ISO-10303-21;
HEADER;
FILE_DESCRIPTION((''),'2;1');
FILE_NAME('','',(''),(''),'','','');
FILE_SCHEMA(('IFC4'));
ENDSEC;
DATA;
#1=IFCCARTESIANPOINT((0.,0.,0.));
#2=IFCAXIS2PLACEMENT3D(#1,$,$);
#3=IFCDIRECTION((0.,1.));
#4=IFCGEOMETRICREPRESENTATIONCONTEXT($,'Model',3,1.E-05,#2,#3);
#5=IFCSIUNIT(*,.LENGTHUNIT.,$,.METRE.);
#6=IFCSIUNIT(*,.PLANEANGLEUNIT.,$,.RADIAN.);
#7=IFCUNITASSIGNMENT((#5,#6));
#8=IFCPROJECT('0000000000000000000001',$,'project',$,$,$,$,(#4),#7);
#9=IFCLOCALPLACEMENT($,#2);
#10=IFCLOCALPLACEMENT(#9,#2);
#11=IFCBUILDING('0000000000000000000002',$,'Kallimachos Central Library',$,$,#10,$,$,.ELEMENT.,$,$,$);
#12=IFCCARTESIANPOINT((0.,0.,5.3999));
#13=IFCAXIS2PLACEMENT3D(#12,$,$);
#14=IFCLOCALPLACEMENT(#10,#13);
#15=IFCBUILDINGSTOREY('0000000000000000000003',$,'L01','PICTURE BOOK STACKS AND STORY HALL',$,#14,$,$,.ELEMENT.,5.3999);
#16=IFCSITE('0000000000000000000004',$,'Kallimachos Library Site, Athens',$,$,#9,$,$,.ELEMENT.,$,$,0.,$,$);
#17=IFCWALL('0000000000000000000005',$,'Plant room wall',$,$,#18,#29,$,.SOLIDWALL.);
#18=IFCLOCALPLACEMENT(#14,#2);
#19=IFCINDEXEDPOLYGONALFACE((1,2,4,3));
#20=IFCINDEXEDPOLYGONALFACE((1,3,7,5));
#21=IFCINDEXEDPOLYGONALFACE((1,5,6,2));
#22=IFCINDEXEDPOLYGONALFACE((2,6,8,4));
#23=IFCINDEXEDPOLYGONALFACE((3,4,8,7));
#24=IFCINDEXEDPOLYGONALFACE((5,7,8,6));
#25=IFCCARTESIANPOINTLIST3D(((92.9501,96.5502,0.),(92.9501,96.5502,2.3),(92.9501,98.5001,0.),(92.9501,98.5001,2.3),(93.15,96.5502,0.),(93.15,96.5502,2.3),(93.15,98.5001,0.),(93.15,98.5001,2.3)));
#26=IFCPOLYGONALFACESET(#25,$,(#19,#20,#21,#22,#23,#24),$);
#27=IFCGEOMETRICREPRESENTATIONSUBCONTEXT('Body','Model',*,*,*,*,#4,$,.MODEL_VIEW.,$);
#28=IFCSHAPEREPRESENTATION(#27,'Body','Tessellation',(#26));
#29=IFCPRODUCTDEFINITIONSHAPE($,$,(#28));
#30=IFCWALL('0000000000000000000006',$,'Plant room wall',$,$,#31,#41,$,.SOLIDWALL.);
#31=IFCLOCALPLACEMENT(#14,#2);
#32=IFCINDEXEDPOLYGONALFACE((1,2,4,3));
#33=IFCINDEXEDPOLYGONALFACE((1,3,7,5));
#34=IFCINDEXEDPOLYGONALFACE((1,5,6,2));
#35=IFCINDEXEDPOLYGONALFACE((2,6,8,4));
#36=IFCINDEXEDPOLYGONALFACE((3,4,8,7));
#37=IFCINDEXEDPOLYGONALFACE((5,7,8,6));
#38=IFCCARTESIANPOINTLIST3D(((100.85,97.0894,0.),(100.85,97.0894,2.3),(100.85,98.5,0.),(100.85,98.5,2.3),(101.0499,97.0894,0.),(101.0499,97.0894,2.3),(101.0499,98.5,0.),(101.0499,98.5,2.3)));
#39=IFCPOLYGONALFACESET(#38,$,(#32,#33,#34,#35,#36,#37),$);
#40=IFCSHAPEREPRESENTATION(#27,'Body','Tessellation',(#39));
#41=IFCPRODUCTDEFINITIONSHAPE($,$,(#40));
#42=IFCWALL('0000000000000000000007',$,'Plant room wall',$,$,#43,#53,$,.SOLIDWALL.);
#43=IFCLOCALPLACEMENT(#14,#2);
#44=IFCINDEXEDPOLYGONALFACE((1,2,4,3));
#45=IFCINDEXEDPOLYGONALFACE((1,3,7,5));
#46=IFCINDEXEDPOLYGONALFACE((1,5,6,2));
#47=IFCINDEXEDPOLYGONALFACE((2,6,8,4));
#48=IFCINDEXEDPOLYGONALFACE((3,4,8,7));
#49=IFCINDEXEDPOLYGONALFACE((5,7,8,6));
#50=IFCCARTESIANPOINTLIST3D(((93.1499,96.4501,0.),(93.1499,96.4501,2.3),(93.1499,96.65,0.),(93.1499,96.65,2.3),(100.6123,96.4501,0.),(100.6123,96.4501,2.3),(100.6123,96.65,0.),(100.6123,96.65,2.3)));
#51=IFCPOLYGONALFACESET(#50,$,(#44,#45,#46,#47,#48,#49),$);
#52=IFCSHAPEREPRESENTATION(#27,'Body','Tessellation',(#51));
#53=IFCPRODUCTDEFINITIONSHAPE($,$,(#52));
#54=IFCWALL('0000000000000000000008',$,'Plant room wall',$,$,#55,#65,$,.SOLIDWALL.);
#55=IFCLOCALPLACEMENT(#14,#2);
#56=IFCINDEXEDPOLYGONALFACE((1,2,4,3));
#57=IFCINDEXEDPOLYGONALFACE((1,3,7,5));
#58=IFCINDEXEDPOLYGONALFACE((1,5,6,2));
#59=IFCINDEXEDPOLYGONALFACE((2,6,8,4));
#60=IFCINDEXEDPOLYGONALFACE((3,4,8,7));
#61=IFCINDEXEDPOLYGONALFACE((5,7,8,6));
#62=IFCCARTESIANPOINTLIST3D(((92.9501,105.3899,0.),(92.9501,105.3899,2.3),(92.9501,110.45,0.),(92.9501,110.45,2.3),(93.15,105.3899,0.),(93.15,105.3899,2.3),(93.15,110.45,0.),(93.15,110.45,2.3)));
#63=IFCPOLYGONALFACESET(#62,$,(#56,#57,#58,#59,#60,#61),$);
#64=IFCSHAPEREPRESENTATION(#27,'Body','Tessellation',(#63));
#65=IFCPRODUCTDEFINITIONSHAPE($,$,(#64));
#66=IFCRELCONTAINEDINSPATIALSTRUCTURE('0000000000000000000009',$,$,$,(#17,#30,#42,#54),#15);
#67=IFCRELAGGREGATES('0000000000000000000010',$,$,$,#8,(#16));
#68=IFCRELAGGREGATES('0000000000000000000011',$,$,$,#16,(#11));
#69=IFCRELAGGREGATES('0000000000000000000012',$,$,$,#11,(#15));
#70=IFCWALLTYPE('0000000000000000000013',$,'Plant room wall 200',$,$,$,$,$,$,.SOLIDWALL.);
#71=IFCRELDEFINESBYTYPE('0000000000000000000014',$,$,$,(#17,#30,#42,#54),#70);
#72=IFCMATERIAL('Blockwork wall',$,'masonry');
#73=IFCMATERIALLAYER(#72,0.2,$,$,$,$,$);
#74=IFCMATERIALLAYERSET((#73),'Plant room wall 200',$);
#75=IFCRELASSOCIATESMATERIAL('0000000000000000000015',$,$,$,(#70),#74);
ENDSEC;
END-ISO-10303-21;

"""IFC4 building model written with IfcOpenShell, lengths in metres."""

from ifc_helpers import new_model, si_unit, direction, frame, frame_2d, origin, place, context, subcontext, project, spatial, rectangle, extrude, material, layer, layer_set, type_object, element, save


model = new_model("IFC4")

# Units and contexts
model_context = context("Model", 3, precision=1e-05, world=origin(), true_north=direction((0.0, 1.0)))
body_context = subcontext(model_context, "Body", "Model", "MODEL_VIEW")
ifc_project = project(units=[si_unit("LENGTHUNIT", "METRE"), si_unit("PLANEANGLEUNIT", "RADIAN")], contexts=[model_context])

# Site, building, storey
site_placement = place(None, origin())
site = spatial("IfcSite", under=ifc_project, at=site_placement, Name="Kallimachos Library Site, Athens", CompositionType="ELEMENT", RefElevation=0.0)
building_placement = place(site_placement, origin())
building = spatial("IfcBuilding", under=site, at=building_placement, Name="Kallimachos Central Library", CompositionType="ELEMENT")
storey_placement = place(building_placement, frame((0.0, 0.0, 5.3999)))
storey = spatial("IfcBuildingStorey", under=building, at=storey_placement, Name="L01", Description="PICTURE BOOK STACKS AND STORY HALL", CompositionType="ELEMENT", Elevation=5.3999)

# Shared definitions
ifc_material_1 = material(Name="Blockwork wall", Category="masonry")
ifc_layer = layer(ifc_material_1, 0.2)
ifc_layer_set = layer_set([ifc_layer], Name="Plant room wall 200")
wall_type = type_object("IfcWallType", Name="Plant room wall 200", PredefinedType="SOLIDWALL", material=ifc_layer_set)

# Walls
wall_1_placement = place(storey_placement, frame((93.05, 96.55, 0.0), z_axis=(0.0, 0.0, 1.0), x_axis=(0.0, 1.0, 0.0)))
element("IfcWall", 1, at=wall_1_placement, inside=storey, type_object=wall_type, Name="Plant room wall", PredefinedType="SOLIDWALL", context=body_context, shape_type="SweptSolid", body=[
    extrude(rectangle(XDim=1.95, YDim=0.2, at=frame_2d((0.9751, 0.0))), origin(), (0.0, 0.0, 1.0), 2.3),
])
wall_2_placement = place(storey_placement, frame((100.95, 98.5, 0.0), z_axis=(0.0, 0.0, 1.0), x_axis=(0.0, -1.0, 0.0)))
element("IfcWall", 2, at=wall_2_placement, inside=storey, type_object=wall_type, Name="Plant room wall", PredefinedType="SOLIDWALL", context=body_context, shape_type="SweptSolid", body=[
    extrude(rectangle(XDim=1.4106, YDim=0.2, at=frame_2d((0.7053, 0.0))), origin(), (0.0, 0.0, 1.0), 2.3),
])
wall_3_placement = place(storey_placement, frame((100.6123, 96.55, 0.0), z_axis=(0.0, 0.0, 1.0), x_axis=(-1.0, 0.0, 0.0)))
element("IfcWall", 3, at=wall_3_placement, inside=storey, type_object=wall_type, Name="Plant room wall", PredefinedType="SOLIDWALL", context=body_context, shape_type="SweptSolid", body=[
    extrude(rectangle(XDim=7.4624, YDim=0.2, at=frame_2d((3.7312, 0.0))), origin(), (0.0, 0.0, 1.0), 2.3),
])
wall_4_placement = place(storey_placement, frame((93.05, 105.3899, 0.0), z_axis=(0.0, 0.0, 1.0), x_axis=(0.0, 1.0, 0.0)))
element("IfcWall", 4, at=wall_4_placement, inside=storey, type_object=wall_type, Name="Plant room wall", PredefinedType="SOLIDWALL", context=body_context, shape_type="SweptSolid", body=[
    extrude(rectangle(XDim=5.0601, YDim=0.2, at=frame_2d((2.53, 0.0))), origin(), (0.0, 0.0, 1.0), 2.3),
])

save(model, "model.ifc")
